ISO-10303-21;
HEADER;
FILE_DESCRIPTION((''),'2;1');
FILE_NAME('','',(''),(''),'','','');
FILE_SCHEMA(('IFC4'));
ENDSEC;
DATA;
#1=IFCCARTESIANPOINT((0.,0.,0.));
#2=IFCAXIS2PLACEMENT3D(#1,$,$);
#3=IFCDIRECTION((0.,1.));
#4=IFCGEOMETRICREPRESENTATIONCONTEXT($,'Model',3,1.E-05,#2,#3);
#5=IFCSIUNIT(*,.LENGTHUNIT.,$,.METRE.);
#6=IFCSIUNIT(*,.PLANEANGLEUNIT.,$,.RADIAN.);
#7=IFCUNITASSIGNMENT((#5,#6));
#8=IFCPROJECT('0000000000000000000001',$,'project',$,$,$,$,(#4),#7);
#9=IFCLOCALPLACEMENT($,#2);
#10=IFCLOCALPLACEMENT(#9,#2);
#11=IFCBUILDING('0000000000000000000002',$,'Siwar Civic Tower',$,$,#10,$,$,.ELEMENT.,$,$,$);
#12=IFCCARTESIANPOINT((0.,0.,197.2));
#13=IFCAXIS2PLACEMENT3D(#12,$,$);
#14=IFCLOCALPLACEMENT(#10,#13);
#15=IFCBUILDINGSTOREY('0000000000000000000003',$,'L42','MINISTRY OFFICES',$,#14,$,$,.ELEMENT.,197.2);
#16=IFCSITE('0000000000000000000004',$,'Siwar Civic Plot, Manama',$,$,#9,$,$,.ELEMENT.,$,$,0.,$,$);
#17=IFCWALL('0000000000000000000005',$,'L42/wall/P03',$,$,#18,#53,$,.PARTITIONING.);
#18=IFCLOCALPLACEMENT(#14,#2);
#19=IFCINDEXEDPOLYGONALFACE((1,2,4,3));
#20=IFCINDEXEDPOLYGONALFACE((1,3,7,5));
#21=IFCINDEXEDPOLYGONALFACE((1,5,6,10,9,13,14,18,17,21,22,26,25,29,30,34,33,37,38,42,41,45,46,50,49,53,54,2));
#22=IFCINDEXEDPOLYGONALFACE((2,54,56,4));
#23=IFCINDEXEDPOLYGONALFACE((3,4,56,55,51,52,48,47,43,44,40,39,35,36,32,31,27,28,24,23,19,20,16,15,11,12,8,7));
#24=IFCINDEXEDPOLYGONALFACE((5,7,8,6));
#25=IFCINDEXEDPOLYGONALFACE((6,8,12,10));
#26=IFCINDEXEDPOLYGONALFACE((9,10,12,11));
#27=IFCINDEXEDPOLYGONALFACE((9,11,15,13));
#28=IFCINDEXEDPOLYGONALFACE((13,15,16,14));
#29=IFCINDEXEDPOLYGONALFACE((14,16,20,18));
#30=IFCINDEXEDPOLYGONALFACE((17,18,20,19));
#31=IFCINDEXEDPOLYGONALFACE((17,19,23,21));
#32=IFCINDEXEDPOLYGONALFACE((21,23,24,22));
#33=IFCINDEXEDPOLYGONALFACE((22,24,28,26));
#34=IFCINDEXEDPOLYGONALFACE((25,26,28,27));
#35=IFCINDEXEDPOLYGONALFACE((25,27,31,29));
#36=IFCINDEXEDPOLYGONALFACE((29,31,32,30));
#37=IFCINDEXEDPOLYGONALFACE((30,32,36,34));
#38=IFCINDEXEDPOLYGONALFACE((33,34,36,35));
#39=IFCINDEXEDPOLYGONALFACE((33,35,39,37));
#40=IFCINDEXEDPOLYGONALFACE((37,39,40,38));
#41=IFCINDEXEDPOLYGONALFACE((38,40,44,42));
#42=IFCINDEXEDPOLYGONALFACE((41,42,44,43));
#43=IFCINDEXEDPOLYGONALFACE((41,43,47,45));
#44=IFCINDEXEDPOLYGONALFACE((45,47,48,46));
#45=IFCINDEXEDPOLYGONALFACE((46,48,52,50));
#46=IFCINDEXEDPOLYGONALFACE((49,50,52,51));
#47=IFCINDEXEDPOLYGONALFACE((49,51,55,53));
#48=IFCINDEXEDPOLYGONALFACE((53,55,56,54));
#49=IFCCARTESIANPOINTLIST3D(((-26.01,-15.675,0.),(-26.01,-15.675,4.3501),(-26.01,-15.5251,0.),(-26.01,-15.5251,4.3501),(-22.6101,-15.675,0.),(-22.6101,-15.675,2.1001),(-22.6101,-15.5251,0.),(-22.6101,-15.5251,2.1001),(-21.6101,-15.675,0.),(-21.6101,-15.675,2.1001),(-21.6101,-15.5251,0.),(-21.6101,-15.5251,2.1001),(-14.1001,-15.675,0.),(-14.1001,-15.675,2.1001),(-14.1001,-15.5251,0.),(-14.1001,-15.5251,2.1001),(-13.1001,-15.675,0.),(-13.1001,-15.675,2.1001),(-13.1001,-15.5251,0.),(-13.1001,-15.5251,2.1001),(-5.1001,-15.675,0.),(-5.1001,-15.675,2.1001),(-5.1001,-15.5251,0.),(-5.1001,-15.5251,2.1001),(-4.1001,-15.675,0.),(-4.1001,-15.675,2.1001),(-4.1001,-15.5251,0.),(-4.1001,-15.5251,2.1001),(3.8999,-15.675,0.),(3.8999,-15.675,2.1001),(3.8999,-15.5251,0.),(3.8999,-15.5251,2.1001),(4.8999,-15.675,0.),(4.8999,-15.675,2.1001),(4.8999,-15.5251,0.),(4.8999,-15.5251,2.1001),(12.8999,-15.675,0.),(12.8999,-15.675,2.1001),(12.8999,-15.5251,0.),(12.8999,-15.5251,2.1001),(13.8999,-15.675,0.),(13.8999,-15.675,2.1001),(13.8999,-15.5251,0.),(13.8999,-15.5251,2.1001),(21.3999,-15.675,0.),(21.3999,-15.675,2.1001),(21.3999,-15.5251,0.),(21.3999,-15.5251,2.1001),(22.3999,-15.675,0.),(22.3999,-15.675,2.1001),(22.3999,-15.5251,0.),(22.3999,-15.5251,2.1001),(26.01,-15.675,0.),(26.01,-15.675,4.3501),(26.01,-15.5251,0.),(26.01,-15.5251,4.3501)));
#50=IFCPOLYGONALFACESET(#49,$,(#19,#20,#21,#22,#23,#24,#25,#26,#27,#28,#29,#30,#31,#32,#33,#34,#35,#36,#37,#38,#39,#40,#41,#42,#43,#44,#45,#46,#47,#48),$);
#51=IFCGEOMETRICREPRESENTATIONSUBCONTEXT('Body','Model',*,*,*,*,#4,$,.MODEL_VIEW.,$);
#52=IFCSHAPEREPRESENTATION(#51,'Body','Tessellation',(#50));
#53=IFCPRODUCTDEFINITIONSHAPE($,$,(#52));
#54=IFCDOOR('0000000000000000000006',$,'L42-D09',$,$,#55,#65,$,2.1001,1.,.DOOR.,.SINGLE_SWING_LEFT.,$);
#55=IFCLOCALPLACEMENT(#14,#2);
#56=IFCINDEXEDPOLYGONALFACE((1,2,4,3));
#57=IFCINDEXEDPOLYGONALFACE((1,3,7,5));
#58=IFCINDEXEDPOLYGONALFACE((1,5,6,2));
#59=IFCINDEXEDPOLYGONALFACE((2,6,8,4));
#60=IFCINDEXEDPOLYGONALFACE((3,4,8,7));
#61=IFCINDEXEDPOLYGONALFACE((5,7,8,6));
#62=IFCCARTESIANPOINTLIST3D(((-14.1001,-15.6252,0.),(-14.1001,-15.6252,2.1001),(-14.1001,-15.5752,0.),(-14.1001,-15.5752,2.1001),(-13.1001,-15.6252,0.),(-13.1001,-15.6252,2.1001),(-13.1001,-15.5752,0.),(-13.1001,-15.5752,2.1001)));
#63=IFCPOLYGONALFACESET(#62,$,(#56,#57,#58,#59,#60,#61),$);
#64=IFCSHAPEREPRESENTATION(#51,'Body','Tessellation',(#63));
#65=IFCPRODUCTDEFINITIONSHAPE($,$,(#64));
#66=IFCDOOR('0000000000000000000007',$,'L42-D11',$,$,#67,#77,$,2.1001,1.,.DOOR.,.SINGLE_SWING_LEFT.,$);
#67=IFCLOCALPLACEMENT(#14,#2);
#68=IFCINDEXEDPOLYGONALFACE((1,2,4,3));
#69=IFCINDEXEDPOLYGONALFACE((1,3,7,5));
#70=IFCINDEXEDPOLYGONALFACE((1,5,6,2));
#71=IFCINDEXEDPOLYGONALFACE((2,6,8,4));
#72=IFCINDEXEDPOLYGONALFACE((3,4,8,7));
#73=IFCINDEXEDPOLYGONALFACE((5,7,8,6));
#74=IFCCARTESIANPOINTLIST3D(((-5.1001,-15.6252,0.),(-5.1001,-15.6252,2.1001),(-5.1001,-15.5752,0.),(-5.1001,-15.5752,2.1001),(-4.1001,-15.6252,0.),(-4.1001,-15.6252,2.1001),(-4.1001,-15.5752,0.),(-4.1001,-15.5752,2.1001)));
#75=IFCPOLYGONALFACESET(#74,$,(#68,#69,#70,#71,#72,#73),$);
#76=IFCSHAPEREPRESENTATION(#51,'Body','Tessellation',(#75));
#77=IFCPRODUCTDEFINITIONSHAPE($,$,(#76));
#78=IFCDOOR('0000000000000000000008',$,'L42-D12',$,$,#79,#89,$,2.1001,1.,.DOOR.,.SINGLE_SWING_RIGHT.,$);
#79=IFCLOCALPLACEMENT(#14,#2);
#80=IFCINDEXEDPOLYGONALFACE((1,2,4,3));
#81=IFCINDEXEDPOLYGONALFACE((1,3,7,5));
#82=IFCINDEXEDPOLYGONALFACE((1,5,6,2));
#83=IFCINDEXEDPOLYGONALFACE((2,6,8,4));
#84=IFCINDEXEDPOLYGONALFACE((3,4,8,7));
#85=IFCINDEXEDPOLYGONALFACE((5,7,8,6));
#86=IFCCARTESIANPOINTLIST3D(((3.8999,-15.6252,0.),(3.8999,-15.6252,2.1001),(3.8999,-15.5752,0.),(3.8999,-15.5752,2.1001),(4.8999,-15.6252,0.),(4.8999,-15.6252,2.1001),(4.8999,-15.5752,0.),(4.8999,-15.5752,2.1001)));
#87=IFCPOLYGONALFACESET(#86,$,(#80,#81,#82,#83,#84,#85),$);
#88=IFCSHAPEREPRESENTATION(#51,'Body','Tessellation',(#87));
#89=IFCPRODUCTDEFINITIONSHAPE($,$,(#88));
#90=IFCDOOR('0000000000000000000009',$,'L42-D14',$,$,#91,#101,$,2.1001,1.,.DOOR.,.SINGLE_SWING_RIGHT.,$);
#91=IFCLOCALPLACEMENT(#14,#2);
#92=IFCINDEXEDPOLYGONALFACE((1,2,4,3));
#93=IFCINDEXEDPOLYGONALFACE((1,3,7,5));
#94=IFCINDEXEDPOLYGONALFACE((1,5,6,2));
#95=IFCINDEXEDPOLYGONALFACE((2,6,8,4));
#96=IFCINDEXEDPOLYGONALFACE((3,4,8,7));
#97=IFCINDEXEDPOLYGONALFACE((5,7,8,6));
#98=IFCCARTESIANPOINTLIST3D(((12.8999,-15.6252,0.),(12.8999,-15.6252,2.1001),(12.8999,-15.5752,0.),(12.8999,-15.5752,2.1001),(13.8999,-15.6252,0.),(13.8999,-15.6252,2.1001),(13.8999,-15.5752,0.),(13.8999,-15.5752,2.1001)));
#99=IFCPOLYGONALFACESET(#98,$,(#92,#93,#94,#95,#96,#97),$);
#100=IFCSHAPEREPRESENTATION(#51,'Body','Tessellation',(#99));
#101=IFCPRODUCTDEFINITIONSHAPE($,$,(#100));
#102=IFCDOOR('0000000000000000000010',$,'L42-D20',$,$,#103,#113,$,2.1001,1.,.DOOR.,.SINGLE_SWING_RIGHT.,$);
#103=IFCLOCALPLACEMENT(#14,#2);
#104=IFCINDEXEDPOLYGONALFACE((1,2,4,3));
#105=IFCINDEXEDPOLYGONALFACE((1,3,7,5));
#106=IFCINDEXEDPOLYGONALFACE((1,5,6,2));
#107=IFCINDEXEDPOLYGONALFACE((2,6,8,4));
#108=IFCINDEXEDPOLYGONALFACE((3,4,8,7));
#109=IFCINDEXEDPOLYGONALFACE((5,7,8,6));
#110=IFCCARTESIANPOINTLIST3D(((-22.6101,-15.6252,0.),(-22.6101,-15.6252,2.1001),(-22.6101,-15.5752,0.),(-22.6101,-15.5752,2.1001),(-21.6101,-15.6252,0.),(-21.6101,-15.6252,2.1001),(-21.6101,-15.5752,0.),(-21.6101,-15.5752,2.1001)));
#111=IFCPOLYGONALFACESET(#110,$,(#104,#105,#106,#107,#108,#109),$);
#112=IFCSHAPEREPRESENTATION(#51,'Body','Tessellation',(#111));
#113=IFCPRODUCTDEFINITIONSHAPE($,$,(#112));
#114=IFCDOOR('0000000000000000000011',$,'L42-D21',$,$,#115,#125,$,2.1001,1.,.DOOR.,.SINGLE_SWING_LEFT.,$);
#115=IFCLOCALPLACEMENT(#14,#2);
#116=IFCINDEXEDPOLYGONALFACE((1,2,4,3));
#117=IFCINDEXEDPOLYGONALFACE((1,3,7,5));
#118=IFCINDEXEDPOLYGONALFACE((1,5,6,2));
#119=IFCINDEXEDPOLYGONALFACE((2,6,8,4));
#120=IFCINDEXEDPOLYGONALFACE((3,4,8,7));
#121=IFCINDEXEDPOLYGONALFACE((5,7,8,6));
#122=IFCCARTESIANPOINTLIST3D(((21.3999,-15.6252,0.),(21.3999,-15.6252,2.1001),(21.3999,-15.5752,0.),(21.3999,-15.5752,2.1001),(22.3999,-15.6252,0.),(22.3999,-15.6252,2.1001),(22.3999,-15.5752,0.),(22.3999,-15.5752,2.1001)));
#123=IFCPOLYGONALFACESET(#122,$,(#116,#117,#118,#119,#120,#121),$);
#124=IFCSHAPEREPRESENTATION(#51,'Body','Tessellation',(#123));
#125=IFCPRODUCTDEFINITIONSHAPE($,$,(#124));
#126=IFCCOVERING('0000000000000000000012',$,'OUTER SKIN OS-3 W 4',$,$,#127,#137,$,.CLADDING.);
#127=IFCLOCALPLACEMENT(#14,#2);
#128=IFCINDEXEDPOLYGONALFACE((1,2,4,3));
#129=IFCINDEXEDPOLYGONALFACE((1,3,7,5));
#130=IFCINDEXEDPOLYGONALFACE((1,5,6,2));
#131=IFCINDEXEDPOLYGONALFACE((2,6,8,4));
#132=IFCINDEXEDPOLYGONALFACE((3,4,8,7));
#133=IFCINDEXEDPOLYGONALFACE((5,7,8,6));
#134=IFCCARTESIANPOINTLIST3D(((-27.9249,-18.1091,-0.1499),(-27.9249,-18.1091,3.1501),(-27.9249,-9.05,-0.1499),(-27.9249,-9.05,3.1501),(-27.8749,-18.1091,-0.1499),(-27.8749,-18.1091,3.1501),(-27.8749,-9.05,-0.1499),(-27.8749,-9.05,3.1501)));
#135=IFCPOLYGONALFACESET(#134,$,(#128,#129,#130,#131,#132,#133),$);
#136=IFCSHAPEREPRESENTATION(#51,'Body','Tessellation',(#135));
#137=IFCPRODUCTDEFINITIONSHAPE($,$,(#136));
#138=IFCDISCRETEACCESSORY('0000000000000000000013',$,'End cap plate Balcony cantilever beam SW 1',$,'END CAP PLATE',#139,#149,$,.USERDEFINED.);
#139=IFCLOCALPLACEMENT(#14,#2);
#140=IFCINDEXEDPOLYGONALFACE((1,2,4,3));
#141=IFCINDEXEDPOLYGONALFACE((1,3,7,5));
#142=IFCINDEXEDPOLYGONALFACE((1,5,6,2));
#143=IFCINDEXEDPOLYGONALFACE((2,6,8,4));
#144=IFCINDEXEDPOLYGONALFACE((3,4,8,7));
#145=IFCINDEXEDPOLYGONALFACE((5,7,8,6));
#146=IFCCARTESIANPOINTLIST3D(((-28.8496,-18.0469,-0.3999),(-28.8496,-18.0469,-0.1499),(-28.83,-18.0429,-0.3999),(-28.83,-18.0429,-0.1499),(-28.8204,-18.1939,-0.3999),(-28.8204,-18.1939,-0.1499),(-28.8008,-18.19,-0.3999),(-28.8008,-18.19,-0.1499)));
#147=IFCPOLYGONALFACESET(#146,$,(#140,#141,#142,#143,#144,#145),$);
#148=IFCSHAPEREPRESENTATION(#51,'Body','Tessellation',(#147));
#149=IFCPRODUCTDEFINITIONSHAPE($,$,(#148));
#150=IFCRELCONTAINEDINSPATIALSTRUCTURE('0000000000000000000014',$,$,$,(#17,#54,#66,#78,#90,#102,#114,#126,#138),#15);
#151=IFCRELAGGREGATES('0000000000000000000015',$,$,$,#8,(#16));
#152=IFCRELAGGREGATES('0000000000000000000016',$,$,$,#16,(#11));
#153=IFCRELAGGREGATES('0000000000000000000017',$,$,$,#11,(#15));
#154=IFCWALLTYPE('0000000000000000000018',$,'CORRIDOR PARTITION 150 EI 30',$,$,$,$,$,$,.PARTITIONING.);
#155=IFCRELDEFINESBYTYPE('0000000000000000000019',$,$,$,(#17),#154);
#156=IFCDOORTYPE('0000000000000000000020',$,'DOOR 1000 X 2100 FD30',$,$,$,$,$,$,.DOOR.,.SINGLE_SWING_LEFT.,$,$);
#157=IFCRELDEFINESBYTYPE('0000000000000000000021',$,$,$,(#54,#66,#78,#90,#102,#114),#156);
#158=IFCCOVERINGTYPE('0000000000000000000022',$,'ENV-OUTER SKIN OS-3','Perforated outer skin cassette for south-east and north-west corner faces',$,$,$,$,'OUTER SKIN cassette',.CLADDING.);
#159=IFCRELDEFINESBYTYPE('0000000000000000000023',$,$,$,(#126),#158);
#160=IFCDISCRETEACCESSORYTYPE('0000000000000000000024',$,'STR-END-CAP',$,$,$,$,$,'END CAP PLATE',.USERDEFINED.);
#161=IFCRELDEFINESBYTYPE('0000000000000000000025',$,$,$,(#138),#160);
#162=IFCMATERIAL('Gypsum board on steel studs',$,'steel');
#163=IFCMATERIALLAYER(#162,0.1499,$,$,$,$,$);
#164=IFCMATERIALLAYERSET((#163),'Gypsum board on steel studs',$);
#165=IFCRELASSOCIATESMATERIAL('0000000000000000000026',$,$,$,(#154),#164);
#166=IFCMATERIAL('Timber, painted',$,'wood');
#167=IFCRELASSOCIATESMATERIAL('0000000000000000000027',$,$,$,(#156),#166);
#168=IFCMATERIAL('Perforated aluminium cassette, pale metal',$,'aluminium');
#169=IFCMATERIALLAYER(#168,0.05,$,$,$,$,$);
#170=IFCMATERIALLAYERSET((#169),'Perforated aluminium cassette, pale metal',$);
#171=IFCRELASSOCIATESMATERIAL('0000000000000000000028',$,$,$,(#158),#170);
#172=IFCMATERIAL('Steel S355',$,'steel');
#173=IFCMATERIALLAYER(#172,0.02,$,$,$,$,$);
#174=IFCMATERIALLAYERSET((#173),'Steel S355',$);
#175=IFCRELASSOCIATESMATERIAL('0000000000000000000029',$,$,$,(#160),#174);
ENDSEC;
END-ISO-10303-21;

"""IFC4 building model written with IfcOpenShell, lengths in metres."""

from ifc_helpers import new_model, si_unit, direction, frame, frame_2d, origin, origin_2d, place, context, subcontext, project, spatial, rectangle, extrude, material, layer, layer_set, type_object, element, fill, save


model = new_model("IFC4")

# Units and contexts
model_context = context("Model", 3, precision=1e-05, world=origin(), true_north=direction((0.0, 1.0)))
body_context = subcontext(model_context, "Body", "Model", "MODEL_VIEW")
ifc_project = project(units=[si_unit("LENGTHUNIT", "METRE"), si_unit("PLANEANGLEUNIT", "RADIAN")], contexts=[model_context])

# Site, building, storey
site_placement = place(None, origin())
site = spatial("IfcSite", under=ifc_project, at=site_placement, Name="Siwar Civic Plot, Manama", CompositionType="ELEMENT", RefElevation=0.0)
building_placement = place(site_placement, origin())
building = spatial("IfcBuilding", under=site, at=building_placement, Name="Siwar Civic Tower", CompositionType="ELEMENT")
storey_placement = place(building_placement, frame((0.0, 0.0, 197.2)))
storey = spatial("IfcBuildingStorey", under=building, at=storey_placement, Name="L42", Description="MINISTRY OFFICES", CompositionType="ELEMENT", Elevation=197.2)

# Wall, openings, doors
ifc_material_1 = material(Name="Gypsum board on steel studs", Category="steel")
ifc_layer_1 = layer(ifc_material_1, 0.1499)
ifc_layer_set_1 = layer_set([ifc_layer_1], Name="Gypsum board on steel studs")
wall_type = type_object("IfcWallType", Name="CORRIDOR PARTITION 150 EI 30", PredefinedType="PARTITIONING", material=ifc_layer_set_1)
wall_placement = place(storey_placement, frame((-26.01, -15.6001, 0.0), z_axis=(0.0, 0.0, 1.0), x_axis=(1.0, 0.0, 0.0)))
wall = element("IfcWall", 1, at=wall_placement, inside=storey, type_object=wall_type, Name="L42/wall/P03", PredefinedType="PARTITIONING", context=body_context, shape_type="SweptSolid", body=[
    extrude(rectangle(XDim=52.02, YDim=0.1499, at=frame_2d((26.01, 0.0))), origin(), (0.0, 0.0, 1.0), 4.3501),
])
opening_1_placement = place(wall_placement, frame((11.9099, 0.0, 0.0)))
opening_1 = element("IfcOpeningElement", 2, at=opening_1_placement, cuts=wall, PredefinedType="OPENING", context=body_context, shape_type="SweptSolid", body=[
    extrude(rectangle(XDim=1.0, YDim=2.1001, at=frame_2d((0.5, 1.05))), frame((0.0, 0.085, 0.0), z_axis=(0.0, -1.0, 0.0), x_axis=(1.0, 0.0, 0.0)), (0.0, 0.0, 1.0), 0.1699),
])
opening_2_placement = place(wall_placement, frame((20.9099, 0.0, 0.0)))
opening_2 = element("IfcOpeningElement", 3, at=opening_2_placement, cuts=wall, PredefinedType="OPENING", context=body_context, shape_type="SweptSolid", body=[
    extrude(rectangle(XDim=1.0, YDim=2.1001, at=frame_2d((0.5, 1.05))), frame((0.0, 0.085, 0.0), z_axis=(0.0, -1.0, 0.0), x_axis=(1.0, 0.0, 0.0)), (0.0, 0.0, 1.0), 0.1699),
])
opening_3_placement = place(wall_placement, frame((29.9099, 0.0, 0.0)))
opening_3 = element("IfcOpeningElement", 4, at=opening_3_placement, cuts=wall, PredefinedType="OPENING", context=body_context, shape_type="SweptSolid", body=[
    extrude(rectangle(XDim=1.0, YDim=2.1001, at=frame_2d((0.5, 1.05))), frame((0.0, 0.085, 0.0), z_axis=(0.0, -1.0, 0.0), x_axis=(1.0, 0.0, 0.0)), (0.0, 0.0, 1.0), 0.1699),
])
opening_4_placement = place(wall_placement, frame((38.9099, 0.0, 0.0)))
opening_4 = element("IfcOpeningElement", 5, at=opening_4_placement, cuts=wall, PredefinedType="OPENING", context=body_context, shape_type="SweptSolid", body=[
    extrude(rectangle(XDim=1.0, YDim=2.1001, at=frame_2d((0.5, 1.05))), frame((0.0, 0.085, 0.0), z_axis=(0.0, -1.0, 0.0), x_axis=(1.0, 0.0, 0.0)), (0.0, 0.0, 1.0), 0.1699),
])
opening_5_placement = place(wall_placement, frame((3.3999, 0.0, 0.0)))
opening_5 = element("IfcOpeningElement", 6, at=opening_5_placement, cuts=wall, PredefinedType="OPENING", context=body_context, shape_type="SweptSolid", body=[
    extrude(rectangle(XDim=1.0, YDim=2.1001, at=frame_2d((0.5, 1.05))), frame((0.0, 0.085, 0.0), z_axis=(0.0, -1.0, 0.0), x_axis=(1.0, 0.0, 0.0)), (0.0, 0.0, 1.0), 0.1699),
])
opening_6_placement = place(wall_placement, frame((47.4099, 0.0, 0.0)))
opening_6 = element("IfcOpeningElement", 7, at=opening_6_placement, cuts=wall, PredefinedType="OPENING", context=body_context, shape_type="SweptSolid", body=[
    extrude(rectangle(XDim=1.0, YDim=2.1001, at=frame_2d((0.5, 1.05))), frame((0.0, 0.085, 0.0), z_axis=(0.0, -1.0, 0.0), x_axis=(1.0, 0.0, 0.0)), (0.0, 0.0, 1.0), 0.1699),
])
ifc_material_2 = material(Name="Timber, painted", Category="wood")
door_type = type_object("IfcDoorType", Name="DOOR 1000 X 2100 FD30", OperationType="SINGLE_SWING_LEFT", PredefinedType="DOOR", material=ifc_material_2)
door_1_placement = place(opening_1_placement, origin())
door_1 = element("IfcDoor", 8, at=door_1_placement, inside=storey, type_object=door_type, Name="L42-D09", OperationType="SINGLE_SWING_LEFT", OverallHeight=2.1001, OverallWidth=1.0, PredefinedType="DOOR", context=body_context, shape_type="SweptSolid", body=[
    extrude(rectangle(XDim=1.0, YDim=2.1001, at=frame_2d((0.5, 1.05))), frame((0.0, 0.0249, 0.0), z_axis=(0.0, -1.0, 0.0), x_axis=(1.0, 0.0, 0.0)), (0.0, 0.0, 1.0), 0.05),
])
fill(opening_1, door_1)
door_2_placement = place(opening_2_placement, origin())
door_2 = element("IfcDoor", 9, at=door_2_placement, inside=storey, type_object=door_type, Name="L42-D11", OperationType="SINGLE_SWING_LEFT", OverallHeight=2.1001, OverallWidth=1.0, PredefinedType="DOOR", context=body_context, shape_type="SweptSolid", body=[
    extrude(rectangle(XDim=1.0, YDim=2.1001, at=frame_2d((0.5, 1.05))), frame((0.0, 0.0249, 0.0), z_axis=(0.0, -1.0, 0.0), x_axis=(1.0, 0.0, 0.0)), (0.0, 0.0, 1.0), 0.05),
])
fill(opening_2, door_2)
door_3_placement = place(opening_3_placement, origin())
door_3 = element("IfcDoor", 10, at=door_3_placement, inside=storey, type_object=door_type, Name="L42-D12", OperationType="SINGLE_SWING_RIGHT", OverallHeight=2.1001, OverallWidth=1.0, PredefinedType="DOOR", context=body_context, shape_type="SweptSolid", body=[
    extrude(rectangle(XDim=1.0, YDim=2.1001, at=frame_2d((0.5, 1.05))), frame((0.0, 0.0249, 0.0), z_axis=(0.0, -1.0, 0.0), x_axis=(1.0, 0.0, 0.0)), (0.0, 0.0, 1.0), 0.05),
])
fill(opening_3, door_3)
door_4_placement = place(opening_4_placement, origin())
door_4 = element("IfcDoor", 11, at=door_4_placement, inside=storey, type_object=door_type, Name="L42-D14", OperationType="SINGLE_SWING_RIGHT", OverallHeight=2.1001, OverallWidth=1.0, PredefinedType="DOOR", context=body_context, shape_type="SweptSolid", body=[
    extrude(rectangle(XDim=1.0, YDim=2.1001, at=frame_2d((0.5, 1.05))), frame((0.0, 0.0249, 0.0), z_axis=(0.0, -1.0, 0.0), x_axis=(1.0, 0.0, 0.0)), (0.0, 0.0, 1.0), 0.05),
])
fill(opening_4, door_4)
door_5_placement = place(opening_5_placement, origin())
door_5 = element("IfcDoor", 12, at=door_5_placement, inside=storey, type_object=door_type, Name="L42-D20", OperationType="SINGLE_SWING_RIGHT", OverallHeight=2.1001, OverallWidth=1.0, PredefinedType="DOOR", context=body_context, shape_type="SweptSolid", body=[
    extrude(rectangle(XDim=1.0, YDim=2.1001, at=frame_2d((0.5, 1.05))), frame((0.0, 0.0249, 0.0), z_axis=(0.0, -1.0, 0.0), x_axis=(1.0, 0.0, 0.0)), (0.0, 0.0, 1.0), 0.05),
])
fill(opening_5, door_5)
door_6_placement = place(opening_6_placement, origin())
door_6 = element("IfcDoor", 13, at=door_6_placement, inside=storey, type_object=door_type, Name="L42-D21", OperationType="SINGLE_SWING_LEFT", OverallHeight=2.1001, OverallWidth=1.0, PredefinedType="DOOR", context=body_context, shape_type="SweptSolid", body=[
    extrude(rectangle(XDim=1.0, YDim=2.1001, at=frame_2d((0.5, 1.05))), frame((0.0, 0.0249, 0.0), z_axis=(0.0, -1.0, 0.0), x_axis=(1.0, 0.0, 0.0)), (0.0, 0.0, 1.0), 0.05),
])
fill(opening_6, door_6)

# Covering
ifc_material_3 = material(Name="Perforated aluminium cassette, pale metal", Category="aluminium")
ifc_layer_2 = layer(ifc_material_3, 0.05)
ifc_layer_set_2 = layer_set([ifc_layer_2], Name="Perforated aluminium cassette, pale metal")
covering_type = type_object("IfcCoveringType", Name="ENV-OUTER SKIN OS-3", Description="Perforated outer skin cassette for south-east and north-west corner faces", ElementType="OUTER SKIN cassette", PredefinedType="CLADDING", material=ifc_layer_set_2)
covering_placement = place(storey_placement, frame((-27.8999, -13.5796, -0.1499), z_axis=(0.0, 0.0, 1.0), x_axis=(0.0, -1.0, 0.0)))
element("IfcCovering", 14, at=covering_placement, inside=storey, type_object=covering_type, Name="OUTER SKIN OS-3 W 4", PredefinedType="CLADDING", context=body_context, shape_type="SweptSolid", body=[
    extrude(rectangle(XDim=9.0591, YDim=0.05, at=origin_2d()), origin(), (0.0, 0.0, 1.0), 3.3),
])

# Discrete accessory
ifc_material_4 = material(Name="Steel S355", Category="steel")
ifc_layer_3 = layer(ifc_material_4, 0.02)
ifc_layer_set_3 = layer_set([ifc_layer_3], Name="Steel S355")
discrete_accessory_type = type_object("IfcDiscreteAccessoryType", Name="STR-END-CAP", ElementType="END CAP PLATE", PredefinedType="USERDEFINED", material=ifc_layer_set_3)
discrete_accessory_placement = place(storey_placement, frame((-28.8252, -18.1184, -0.3999), z_axis=(0.0, 0.0, 1.0), x_axis=(-0.980785, -0.19509, 0.0)))
element("IfcDiscreteAccessory", 15, at=discrete_accessory_placement, inside=storey, type_object=discrete_accessory_type, Name="End cap plate Balcony cantilever beam SW 1", ObjectType="END CAP PLATE", PredefinedType="USERDEFINED", context=body_context, shape_type="SweptSolid", body=[
    extrude(rectangle(XDim=0.02, YDim=0.1499, at=origin_2d()), origin(), (0.0, 0.0, 1.0), 0.25),
])

save(model, "model.ifc")
